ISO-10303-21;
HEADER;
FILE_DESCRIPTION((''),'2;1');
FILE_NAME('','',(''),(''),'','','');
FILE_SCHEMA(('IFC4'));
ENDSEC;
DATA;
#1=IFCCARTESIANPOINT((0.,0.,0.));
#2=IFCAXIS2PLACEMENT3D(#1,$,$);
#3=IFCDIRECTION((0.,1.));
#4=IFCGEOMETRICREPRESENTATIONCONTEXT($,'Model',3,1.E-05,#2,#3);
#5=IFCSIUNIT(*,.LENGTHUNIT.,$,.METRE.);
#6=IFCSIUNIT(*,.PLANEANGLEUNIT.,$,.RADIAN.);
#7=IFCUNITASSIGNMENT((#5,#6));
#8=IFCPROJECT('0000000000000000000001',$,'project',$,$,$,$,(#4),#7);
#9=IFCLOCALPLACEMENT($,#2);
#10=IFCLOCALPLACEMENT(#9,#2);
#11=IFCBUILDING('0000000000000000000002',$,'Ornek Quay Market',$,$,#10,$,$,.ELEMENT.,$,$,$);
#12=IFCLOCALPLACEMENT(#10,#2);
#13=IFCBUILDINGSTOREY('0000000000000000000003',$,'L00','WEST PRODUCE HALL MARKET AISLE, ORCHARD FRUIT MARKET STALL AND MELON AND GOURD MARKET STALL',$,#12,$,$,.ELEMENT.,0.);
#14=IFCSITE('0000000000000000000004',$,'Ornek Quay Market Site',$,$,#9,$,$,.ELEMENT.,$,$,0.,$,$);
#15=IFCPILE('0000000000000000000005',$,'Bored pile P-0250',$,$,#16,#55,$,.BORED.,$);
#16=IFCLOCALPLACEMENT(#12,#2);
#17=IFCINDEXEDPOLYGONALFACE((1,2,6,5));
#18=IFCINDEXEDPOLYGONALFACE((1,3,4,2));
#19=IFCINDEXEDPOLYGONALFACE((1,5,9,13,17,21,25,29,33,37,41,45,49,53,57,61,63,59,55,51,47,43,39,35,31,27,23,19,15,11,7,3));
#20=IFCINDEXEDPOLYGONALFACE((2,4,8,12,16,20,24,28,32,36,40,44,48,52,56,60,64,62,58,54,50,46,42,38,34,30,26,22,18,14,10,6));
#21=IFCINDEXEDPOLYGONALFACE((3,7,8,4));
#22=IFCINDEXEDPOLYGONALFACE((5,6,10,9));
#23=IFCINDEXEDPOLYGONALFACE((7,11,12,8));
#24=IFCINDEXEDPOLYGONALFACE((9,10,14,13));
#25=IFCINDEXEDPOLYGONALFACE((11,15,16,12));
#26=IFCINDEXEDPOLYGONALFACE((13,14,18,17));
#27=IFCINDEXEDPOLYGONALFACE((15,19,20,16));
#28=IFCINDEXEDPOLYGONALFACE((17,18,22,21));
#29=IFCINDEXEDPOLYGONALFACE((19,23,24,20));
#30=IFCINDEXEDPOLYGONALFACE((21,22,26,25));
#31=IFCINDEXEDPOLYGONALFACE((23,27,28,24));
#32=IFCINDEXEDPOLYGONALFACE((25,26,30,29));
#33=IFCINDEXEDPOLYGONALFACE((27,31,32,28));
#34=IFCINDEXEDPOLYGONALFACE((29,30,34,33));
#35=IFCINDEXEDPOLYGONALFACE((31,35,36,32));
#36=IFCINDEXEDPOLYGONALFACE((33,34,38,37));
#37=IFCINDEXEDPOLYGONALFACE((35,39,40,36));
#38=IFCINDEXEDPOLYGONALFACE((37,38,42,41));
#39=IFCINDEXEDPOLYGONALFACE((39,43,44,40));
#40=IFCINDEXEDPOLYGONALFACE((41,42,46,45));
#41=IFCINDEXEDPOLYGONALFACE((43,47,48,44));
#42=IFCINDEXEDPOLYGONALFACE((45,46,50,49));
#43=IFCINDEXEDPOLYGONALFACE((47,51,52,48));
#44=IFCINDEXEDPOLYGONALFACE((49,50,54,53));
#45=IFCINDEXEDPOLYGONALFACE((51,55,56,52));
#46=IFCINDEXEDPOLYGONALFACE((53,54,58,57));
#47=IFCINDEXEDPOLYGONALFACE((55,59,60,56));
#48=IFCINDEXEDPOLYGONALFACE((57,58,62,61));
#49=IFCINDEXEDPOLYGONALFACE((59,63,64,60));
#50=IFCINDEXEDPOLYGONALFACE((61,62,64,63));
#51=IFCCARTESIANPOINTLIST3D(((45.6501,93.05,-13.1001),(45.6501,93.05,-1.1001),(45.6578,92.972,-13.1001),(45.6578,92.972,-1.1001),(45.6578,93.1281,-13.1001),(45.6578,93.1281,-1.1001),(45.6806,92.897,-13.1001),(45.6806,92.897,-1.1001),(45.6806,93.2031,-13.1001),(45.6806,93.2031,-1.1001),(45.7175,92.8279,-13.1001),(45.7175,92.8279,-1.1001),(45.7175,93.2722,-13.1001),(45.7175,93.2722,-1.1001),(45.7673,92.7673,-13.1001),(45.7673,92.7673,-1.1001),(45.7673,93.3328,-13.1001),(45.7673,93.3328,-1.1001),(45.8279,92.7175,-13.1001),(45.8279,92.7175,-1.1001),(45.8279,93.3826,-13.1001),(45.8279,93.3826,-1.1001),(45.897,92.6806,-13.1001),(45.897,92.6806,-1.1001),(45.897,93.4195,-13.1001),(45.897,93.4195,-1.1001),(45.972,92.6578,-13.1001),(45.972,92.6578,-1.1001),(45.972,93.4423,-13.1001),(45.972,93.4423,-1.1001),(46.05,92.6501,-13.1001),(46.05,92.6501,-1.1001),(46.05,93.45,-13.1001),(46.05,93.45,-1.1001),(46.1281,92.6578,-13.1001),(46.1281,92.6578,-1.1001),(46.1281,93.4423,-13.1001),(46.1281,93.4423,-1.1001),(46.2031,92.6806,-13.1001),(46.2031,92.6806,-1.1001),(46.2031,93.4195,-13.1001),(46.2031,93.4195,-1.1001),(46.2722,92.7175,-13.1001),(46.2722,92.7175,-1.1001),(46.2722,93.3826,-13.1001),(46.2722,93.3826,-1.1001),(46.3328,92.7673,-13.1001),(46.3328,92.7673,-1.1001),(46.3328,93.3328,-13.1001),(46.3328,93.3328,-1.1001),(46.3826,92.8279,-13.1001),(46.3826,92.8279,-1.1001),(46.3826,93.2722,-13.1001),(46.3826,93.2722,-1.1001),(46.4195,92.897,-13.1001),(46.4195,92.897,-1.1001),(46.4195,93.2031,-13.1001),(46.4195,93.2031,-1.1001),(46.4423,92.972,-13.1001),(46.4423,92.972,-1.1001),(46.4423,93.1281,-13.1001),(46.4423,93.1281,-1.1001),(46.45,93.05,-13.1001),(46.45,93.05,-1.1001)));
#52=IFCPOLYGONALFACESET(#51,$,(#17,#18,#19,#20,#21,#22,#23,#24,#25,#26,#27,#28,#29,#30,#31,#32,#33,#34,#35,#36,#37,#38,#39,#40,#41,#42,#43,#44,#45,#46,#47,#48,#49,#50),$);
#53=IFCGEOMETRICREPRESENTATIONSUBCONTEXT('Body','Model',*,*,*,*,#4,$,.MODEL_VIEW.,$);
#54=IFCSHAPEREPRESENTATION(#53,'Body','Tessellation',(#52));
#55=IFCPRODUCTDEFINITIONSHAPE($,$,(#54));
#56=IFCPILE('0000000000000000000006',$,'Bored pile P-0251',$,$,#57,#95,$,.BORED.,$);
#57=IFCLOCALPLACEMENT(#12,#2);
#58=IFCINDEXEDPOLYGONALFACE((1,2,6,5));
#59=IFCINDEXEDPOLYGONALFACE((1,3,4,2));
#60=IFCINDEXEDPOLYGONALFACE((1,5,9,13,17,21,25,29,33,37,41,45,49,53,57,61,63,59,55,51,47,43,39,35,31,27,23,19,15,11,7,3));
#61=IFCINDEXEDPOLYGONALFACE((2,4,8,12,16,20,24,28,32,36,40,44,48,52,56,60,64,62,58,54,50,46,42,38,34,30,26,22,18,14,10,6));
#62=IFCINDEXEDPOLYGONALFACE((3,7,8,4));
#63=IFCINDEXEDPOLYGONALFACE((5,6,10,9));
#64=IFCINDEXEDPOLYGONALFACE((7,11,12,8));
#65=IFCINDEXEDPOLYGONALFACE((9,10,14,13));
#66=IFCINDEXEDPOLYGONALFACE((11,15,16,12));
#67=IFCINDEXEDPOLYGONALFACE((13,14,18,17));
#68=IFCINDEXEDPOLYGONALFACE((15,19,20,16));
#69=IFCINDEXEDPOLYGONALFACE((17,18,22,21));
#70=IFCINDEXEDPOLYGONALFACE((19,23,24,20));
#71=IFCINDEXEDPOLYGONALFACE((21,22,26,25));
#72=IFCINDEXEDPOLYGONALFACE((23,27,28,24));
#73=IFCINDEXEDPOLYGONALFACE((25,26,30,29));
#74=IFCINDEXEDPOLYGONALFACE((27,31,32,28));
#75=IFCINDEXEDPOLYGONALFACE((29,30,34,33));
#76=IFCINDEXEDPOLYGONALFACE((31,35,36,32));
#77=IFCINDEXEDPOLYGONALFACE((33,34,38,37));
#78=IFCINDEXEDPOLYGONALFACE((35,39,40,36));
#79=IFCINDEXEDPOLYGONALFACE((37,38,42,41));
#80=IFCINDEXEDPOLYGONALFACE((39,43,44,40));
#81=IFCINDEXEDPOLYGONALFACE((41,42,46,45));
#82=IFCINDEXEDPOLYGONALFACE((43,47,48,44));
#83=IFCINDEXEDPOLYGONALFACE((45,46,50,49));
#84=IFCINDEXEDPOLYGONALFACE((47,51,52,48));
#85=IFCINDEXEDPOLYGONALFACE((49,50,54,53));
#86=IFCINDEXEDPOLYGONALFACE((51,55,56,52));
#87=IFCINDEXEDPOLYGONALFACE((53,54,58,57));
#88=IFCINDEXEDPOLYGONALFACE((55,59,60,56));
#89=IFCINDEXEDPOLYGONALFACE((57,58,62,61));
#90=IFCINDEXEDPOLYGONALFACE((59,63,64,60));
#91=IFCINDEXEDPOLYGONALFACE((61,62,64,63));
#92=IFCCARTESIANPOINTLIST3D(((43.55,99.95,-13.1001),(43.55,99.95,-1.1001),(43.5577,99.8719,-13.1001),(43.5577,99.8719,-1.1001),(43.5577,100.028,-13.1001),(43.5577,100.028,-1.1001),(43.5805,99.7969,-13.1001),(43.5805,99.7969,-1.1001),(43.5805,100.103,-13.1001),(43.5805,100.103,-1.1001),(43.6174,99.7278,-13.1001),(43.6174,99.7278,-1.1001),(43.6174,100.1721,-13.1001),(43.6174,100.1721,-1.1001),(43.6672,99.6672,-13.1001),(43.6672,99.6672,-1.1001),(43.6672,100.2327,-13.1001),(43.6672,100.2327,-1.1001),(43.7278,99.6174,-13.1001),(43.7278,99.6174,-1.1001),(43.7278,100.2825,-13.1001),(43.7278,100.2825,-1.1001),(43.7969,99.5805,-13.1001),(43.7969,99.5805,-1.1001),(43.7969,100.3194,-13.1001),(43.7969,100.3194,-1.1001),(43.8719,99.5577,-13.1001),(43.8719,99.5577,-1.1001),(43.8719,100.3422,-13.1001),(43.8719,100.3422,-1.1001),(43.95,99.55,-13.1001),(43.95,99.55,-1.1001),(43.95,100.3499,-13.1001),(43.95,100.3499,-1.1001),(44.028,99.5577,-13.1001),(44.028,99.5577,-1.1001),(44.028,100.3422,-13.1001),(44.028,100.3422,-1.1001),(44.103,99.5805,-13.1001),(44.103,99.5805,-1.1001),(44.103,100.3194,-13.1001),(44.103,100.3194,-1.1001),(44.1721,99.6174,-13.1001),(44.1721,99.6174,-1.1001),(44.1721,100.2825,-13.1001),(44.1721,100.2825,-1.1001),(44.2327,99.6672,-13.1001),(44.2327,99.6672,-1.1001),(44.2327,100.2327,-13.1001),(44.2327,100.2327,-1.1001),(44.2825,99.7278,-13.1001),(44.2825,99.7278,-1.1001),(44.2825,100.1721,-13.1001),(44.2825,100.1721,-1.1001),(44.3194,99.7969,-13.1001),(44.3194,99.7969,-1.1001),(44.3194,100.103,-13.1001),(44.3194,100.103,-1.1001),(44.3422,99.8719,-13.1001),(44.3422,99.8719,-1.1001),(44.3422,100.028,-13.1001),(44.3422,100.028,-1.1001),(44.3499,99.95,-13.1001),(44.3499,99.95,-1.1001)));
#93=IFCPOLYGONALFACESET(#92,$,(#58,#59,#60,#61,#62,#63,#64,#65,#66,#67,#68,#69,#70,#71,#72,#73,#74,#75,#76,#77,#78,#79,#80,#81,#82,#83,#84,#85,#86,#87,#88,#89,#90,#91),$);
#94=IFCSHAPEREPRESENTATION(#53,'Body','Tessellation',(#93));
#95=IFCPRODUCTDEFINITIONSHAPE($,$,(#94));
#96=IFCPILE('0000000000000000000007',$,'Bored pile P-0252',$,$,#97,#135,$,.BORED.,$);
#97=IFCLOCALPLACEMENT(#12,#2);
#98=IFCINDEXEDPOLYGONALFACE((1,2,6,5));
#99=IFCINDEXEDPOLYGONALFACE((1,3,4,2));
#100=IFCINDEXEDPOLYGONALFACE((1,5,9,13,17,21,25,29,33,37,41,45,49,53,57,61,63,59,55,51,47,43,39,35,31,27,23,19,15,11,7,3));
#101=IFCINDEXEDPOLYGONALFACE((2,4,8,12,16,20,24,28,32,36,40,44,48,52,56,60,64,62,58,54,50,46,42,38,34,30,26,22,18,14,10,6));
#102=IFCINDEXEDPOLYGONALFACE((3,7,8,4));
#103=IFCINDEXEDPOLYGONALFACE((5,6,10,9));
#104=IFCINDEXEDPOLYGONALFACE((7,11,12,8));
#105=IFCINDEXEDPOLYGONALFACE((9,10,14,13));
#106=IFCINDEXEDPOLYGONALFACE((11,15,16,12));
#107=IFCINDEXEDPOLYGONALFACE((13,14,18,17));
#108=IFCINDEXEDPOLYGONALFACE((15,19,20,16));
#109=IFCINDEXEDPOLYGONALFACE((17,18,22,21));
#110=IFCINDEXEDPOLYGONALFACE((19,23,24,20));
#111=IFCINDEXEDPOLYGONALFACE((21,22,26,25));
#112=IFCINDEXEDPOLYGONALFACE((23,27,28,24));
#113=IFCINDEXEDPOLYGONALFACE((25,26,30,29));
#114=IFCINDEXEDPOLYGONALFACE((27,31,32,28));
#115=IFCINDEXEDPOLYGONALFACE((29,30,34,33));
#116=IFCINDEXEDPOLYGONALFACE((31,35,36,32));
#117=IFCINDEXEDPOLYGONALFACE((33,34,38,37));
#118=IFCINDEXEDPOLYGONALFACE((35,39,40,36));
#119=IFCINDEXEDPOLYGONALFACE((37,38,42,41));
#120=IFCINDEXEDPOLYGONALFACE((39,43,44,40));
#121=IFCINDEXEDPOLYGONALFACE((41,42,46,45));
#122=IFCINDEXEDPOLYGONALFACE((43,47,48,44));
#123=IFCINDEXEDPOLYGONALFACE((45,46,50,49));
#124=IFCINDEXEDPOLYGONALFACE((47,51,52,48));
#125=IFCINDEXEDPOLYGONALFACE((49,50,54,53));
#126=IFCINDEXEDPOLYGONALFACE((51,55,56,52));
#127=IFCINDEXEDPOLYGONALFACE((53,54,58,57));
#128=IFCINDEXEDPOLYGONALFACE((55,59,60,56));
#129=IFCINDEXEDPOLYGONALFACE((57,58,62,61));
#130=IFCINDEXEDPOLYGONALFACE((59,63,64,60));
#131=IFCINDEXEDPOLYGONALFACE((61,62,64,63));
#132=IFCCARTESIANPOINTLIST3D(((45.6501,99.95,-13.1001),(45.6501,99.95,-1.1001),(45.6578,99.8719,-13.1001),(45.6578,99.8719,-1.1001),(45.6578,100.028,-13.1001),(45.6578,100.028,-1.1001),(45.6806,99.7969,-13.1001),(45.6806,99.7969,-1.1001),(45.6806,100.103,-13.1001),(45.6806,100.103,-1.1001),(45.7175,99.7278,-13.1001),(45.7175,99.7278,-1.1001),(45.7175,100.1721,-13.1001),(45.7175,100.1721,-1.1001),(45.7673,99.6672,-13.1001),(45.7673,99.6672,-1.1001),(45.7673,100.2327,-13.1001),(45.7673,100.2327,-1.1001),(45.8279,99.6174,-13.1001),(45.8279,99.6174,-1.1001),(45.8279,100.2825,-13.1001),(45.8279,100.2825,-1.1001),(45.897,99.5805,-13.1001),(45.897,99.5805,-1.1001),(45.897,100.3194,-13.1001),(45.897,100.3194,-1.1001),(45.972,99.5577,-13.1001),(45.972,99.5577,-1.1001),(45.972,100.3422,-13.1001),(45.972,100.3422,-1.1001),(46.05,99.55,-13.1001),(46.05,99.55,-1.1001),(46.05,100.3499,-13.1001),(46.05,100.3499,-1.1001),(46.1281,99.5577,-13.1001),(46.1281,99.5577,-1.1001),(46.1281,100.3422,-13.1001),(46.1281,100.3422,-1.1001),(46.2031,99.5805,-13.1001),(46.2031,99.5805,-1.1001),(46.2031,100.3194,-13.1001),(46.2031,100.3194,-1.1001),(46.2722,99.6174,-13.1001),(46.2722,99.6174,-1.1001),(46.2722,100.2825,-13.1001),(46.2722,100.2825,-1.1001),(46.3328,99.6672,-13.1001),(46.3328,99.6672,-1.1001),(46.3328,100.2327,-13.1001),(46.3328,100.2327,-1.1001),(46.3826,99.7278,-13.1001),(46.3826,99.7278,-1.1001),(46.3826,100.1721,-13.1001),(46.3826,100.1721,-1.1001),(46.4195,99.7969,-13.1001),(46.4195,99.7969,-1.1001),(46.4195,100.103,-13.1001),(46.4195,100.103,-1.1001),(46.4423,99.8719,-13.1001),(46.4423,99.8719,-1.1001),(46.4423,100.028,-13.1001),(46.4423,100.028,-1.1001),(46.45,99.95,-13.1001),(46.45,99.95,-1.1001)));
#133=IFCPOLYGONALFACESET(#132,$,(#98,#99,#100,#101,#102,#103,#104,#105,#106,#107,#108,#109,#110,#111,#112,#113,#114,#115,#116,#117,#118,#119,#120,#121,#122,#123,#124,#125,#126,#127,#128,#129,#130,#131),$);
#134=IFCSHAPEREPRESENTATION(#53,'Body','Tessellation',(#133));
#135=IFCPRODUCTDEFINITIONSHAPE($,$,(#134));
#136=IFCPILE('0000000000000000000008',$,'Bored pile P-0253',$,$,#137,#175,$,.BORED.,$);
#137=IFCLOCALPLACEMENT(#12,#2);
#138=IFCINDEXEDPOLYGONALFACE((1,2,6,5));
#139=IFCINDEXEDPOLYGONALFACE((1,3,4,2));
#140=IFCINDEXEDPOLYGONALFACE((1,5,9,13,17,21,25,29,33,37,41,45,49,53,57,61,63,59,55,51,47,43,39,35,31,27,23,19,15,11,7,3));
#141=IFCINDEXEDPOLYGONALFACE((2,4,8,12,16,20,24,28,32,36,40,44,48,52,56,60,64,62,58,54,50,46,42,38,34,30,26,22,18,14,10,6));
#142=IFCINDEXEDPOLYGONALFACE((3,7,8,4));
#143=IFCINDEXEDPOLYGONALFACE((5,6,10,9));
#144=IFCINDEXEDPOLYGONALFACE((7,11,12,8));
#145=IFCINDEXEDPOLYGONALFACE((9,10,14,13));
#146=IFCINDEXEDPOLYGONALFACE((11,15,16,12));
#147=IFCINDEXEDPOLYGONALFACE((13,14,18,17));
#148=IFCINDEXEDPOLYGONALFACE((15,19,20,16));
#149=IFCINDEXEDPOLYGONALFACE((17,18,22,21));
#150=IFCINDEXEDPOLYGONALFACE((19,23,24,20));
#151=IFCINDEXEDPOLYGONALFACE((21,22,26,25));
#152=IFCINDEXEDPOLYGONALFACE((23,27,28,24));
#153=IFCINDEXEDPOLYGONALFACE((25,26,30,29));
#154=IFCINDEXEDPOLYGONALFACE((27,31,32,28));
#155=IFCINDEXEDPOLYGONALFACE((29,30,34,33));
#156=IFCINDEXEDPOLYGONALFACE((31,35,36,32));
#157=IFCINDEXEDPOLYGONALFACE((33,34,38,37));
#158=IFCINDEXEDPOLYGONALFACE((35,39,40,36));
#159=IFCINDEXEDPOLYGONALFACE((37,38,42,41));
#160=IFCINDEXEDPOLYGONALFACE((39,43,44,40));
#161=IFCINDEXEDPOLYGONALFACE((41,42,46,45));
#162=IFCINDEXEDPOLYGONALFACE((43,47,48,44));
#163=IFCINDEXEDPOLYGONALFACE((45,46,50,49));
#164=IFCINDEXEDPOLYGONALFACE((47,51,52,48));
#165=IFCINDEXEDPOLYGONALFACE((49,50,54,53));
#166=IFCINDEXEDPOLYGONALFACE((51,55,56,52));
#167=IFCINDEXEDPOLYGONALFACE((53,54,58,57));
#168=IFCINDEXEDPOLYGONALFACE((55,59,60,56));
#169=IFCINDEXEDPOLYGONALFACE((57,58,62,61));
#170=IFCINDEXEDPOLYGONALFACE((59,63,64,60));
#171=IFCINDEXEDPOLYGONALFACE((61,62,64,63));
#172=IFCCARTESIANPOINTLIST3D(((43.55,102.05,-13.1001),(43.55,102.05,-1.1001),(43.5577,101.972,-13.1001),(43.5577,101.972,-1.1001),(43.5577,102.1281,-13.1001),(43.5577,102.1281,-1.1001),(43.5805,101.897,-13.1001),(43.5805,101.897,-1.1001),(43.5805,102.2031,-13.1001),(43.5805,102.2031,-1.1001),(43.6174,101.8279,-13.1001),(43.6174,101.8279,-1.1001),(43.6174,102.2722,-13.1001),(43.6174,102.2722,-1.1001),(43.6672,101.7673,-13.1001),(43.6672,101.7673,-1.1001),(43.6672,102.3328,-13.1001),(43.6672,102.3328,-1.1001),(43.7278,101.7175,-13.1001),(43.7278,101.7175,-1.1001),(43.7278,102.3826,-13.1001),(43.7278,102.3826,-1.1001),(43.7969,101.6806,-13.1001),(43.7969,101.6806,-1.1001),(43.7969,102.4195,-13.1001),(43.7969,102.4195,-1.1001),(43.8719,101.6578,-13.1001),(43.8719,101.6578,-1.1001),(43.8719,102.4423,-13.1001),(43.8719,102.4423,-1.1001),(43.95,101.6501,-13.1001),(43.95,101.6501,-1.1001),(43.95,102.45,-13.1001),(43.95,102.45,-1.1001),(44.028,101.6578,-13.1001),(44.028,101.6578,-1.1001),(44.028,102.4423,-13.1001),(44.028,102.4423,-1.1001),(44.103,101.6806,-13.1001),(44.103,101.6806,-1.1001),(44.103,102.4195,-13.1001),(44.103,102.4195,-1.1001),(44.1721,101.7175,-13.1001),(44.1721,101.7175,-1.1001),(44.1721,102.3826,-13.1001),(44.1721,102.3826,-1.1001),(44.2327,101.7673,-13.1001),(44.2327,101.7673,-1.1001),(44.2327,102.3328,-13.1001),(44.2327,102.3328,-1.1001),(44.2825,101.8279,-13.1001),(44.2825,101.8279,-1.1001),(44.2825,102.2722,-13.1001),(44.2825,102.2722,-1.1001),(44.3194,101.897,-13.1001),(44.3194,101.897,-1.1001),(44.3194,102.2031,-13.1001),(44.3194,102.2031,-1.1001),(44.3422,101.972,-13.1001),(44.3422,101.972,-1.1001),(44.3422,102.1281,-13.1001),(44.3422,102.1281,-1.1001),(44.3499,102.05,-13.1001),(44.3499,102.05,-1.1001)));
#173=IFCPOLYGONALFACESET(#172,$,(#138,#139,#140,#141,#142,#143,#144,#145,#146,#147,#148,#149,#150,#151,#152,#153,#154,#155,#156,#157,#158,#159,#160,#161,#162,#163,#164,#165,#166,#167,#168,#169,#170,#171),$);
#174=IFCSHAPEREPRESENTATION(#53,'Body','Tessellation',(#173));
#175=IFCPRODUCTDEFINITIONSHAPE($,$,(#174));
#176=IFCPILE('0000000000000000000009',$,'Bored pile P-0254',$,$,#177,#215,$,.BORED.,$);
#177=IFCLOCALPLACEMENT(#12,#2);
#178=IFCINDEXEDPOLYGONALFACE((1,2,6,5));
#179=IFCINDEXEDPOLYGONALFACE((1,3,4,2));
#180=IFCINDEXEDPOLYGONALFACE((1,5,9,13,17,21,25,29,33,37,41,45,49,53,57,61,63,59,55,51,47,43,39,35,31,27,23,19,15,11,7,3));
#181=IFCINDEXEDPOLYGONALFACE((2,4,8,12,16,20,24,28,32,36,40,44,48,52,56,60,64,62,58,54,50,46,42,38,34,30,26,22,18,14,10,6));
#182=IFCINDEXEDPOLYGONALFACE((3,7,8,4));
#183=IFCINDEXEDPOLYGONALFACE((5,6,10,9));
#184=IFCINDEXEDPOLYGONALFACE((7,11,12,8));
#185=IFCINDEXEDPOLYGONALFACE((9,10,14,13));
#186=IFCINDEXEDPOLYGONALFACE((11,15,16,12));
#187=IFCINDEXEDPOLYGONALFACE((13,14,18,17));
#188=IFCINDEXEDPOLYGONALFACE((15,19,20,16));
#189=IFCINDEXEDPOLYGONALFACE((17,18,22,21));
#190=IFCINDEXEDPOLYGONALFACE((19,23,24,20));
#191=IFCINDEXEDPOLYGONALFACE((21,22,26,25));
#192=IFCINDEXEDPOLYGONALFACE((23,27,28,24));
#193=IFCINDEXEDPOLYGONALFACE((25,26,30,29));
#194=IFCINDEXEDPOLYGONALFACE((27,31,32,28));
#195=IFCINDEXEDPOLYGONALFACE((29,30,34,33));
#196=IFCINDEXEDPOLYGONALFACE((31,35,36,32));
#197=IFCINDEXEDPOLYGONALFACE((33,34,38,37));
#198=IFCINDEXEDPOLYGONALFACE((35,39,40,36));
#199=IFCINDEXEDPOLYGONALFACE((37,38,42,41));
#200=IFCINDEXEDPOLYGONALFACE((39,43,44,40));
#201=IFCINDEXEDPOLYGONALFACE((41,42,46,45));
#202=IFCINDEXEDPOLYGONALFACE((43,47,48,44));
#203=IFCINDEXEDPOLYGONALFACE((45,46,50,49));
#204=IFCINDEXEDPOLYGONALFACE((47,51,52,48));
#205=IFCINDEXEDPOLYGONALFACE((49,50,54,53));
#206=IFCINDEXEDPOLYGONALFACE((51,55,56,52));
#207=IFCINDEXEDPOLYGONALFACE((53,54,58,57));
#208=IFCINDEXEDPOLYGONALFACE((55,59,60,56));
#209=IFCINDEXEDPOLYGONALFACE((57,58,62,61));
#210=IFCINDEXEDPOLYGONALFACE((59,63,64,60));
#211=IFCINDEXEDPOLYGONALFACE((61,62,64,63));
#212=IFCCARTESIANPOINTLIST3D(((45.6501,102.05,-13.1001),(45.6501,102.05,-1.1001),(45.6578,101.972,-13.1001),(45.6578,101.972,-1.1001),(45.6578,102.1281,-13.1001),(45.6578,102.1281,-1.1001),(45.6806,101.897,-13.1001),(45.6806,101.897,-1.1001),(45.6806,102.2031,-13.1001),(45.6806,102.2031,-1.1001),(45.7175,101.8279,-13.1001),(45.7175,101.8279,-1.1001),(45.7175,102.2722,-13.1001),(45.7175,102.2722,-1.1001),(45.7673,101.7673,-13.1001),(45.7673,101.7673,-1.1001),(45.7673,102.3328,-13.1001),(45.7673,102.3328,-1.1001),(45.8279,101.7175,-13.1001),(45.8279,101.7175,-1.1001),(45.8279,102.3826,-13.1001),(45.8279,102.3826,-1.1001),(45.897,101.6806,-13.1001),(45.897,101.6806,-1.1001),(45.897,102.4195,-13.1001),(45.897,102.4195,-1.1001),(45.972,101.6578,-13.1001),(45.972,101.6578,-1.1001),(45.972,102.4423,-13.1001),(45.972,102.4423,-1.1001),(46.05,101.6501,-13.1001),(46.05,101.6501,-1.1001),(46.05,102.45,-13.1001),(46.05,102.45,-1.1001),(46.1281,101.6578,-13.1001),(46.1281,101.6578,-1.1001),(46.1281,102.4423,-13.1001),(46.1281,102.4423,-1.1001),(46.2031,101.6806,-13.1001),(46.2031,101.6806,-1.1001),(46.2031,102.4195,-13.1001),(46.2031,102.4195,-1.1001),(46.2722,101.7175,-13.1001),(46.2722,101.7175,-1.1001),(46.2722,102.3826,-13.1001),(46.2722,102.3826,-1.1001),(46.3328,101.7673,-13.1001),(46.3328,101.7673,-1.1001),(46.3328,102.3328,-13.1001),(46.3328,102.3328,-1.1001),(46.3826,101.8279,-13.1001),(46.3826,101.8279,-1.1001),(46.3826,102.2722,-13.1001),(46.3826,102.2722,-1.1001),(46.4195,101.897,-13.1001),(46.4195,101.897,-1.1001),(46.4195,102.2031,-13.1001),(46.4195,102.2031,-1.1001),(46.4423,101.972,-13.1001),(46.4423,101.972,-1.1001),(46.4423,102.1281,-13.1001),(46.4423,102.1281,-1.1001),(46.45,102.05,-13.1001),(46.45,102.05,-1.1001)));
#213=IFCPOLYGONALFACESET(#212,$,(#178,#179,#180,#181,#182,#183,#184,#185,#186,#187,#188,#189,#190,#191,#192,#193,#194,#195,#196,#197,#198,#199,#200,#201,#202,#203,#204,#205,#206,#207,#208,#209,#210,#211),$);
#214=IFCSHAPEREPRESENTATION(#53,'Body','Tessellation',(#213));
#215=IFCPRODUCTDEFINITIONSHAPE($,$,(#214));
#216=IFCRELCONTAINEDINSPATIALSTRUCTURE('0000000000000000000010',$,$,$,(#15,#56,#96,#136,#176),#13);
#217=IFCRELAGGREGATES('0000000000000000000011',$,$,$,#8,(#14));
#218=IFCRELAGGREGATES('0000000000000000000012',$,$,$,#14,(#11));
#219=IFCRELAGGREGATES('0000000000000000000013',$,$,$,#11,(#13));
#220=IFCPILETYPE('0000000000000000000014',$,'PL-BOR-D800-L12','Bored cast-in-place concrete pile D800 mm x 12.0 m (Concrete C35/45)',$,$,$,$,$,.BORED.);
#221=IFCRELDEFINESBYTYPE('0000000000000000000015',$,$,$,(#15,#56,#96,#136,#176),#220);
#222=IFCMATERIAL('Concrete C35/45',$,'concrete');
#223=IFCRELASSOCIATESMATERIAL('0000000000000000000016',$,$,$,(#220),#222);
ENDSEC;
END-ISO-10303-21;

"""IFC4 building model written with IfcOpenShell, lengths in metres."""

from ifc_helpers import new_model, si_unit, direction, frame, origin, origin_2d, place, context, subcontext, project, spatial, circle, extrude, material, material_profile, profile_set, type_object, element, save


model = new_model("IFC4")

# Units and contexts
model_context = context("Model", 3, precision=1e-05, world=origin(), true_north=direction((0.0, 1.0)))
body_context = subcontext(model_context, "Body", "Model", "MODEL_VIEW")
ifc_project = project(units=[si_unit("LENGTHUNIT", "METRE"), si_unit("PLANEANGLEUNIT", "RADIAN")], contexts=[model_context])

# Site, building, storey
site_placement = place(None, origin())
site = spatial("IfcSite", under=ifc_project, at=site_placement, Name="Ornek Quay Market Site", CompositionType="ELEMENT", RefElevation=0.0)
building_placement = place(site_placement, origin())
building = spatial("IfcBuilding", under=site, at=building_placement, Name="Ornek Quay Market", CompositionType="ELEMENT")
storey_placement = place(building_placement, origin())
storey = spatial("IfcBuildingStorey", under=building, at=storey_placement, Name="L00", Description="WEST PRODUCE HALL MARKET AISLE, ORCHARD FRUIT MARKET STALL AND MELON AND GOURD MARKET STALL", CompositionType="ELEMENT", Elevation=0.0)

# Piles
ifc_material_1 = material(Name="Concrete C35/45", Category="concrete")
ifc_material_profile_1 = material_profile(ifc_material_1, circle(Radius=0.3999, at=origin_2d()), Name="PILE D800", Category="concrete")
ifc_profile_set_1 = profile_set([ifc_material_profile_1], Name="Concrete C35/45")
pile_type = type_object("IfcPileType", Name="PL-BOR-D800-L12", Description="Bored cast-in-place concrete pile D800 mm x 12.0 m (Concrete C35/45)", PredefinedType="BORED", material=ifc_profile_set_1)
for number, where, z_axis, x_axis, name in (
    (1, (46.05, 93.05, -1.1001), (0.0, 0.0, -1.0), (1.0, 0.0, 0.0), "Bored pile P-0250"),
    (2, (43.95, 99.95, -1.1001), (0.0, 0.0, -1.0), (1.0, 0.0, 0.0), "Bored pile P-0251"),
    (3, (46.05, 99.95, -1.1001), (0.0, 0.0, -1.0), (1.0, 0.0, 0.0), "Bored pile P-0252"),
    (4, (43.95, 102.05, -1.1001), (0.0, 0.0, -1.0), (1.0, 0.0, 0.0), "Bored pile P-0253"),
    (5, (46.05, 102.05, -1.1001), (0.0, 0.0, -1.0), (1.0, 0.0, 0.0), "Bored pile P-0254"),
):
    element("IfcPile", number, at=place(storey_placement, frame(where, z_axis=z_axis, x_axis=x_axis)), inside=storey, type_object=pile_type, Name=name, PredefinedType="BORED", context=body_context, shape_type="SweptSolid", body=[
        extrude(circle(Radius=0.3999, at=origin_2d()), origin(), (0.0, 0.0, 1.0), 12.0),
    ])

save(model, "model.ifc")
